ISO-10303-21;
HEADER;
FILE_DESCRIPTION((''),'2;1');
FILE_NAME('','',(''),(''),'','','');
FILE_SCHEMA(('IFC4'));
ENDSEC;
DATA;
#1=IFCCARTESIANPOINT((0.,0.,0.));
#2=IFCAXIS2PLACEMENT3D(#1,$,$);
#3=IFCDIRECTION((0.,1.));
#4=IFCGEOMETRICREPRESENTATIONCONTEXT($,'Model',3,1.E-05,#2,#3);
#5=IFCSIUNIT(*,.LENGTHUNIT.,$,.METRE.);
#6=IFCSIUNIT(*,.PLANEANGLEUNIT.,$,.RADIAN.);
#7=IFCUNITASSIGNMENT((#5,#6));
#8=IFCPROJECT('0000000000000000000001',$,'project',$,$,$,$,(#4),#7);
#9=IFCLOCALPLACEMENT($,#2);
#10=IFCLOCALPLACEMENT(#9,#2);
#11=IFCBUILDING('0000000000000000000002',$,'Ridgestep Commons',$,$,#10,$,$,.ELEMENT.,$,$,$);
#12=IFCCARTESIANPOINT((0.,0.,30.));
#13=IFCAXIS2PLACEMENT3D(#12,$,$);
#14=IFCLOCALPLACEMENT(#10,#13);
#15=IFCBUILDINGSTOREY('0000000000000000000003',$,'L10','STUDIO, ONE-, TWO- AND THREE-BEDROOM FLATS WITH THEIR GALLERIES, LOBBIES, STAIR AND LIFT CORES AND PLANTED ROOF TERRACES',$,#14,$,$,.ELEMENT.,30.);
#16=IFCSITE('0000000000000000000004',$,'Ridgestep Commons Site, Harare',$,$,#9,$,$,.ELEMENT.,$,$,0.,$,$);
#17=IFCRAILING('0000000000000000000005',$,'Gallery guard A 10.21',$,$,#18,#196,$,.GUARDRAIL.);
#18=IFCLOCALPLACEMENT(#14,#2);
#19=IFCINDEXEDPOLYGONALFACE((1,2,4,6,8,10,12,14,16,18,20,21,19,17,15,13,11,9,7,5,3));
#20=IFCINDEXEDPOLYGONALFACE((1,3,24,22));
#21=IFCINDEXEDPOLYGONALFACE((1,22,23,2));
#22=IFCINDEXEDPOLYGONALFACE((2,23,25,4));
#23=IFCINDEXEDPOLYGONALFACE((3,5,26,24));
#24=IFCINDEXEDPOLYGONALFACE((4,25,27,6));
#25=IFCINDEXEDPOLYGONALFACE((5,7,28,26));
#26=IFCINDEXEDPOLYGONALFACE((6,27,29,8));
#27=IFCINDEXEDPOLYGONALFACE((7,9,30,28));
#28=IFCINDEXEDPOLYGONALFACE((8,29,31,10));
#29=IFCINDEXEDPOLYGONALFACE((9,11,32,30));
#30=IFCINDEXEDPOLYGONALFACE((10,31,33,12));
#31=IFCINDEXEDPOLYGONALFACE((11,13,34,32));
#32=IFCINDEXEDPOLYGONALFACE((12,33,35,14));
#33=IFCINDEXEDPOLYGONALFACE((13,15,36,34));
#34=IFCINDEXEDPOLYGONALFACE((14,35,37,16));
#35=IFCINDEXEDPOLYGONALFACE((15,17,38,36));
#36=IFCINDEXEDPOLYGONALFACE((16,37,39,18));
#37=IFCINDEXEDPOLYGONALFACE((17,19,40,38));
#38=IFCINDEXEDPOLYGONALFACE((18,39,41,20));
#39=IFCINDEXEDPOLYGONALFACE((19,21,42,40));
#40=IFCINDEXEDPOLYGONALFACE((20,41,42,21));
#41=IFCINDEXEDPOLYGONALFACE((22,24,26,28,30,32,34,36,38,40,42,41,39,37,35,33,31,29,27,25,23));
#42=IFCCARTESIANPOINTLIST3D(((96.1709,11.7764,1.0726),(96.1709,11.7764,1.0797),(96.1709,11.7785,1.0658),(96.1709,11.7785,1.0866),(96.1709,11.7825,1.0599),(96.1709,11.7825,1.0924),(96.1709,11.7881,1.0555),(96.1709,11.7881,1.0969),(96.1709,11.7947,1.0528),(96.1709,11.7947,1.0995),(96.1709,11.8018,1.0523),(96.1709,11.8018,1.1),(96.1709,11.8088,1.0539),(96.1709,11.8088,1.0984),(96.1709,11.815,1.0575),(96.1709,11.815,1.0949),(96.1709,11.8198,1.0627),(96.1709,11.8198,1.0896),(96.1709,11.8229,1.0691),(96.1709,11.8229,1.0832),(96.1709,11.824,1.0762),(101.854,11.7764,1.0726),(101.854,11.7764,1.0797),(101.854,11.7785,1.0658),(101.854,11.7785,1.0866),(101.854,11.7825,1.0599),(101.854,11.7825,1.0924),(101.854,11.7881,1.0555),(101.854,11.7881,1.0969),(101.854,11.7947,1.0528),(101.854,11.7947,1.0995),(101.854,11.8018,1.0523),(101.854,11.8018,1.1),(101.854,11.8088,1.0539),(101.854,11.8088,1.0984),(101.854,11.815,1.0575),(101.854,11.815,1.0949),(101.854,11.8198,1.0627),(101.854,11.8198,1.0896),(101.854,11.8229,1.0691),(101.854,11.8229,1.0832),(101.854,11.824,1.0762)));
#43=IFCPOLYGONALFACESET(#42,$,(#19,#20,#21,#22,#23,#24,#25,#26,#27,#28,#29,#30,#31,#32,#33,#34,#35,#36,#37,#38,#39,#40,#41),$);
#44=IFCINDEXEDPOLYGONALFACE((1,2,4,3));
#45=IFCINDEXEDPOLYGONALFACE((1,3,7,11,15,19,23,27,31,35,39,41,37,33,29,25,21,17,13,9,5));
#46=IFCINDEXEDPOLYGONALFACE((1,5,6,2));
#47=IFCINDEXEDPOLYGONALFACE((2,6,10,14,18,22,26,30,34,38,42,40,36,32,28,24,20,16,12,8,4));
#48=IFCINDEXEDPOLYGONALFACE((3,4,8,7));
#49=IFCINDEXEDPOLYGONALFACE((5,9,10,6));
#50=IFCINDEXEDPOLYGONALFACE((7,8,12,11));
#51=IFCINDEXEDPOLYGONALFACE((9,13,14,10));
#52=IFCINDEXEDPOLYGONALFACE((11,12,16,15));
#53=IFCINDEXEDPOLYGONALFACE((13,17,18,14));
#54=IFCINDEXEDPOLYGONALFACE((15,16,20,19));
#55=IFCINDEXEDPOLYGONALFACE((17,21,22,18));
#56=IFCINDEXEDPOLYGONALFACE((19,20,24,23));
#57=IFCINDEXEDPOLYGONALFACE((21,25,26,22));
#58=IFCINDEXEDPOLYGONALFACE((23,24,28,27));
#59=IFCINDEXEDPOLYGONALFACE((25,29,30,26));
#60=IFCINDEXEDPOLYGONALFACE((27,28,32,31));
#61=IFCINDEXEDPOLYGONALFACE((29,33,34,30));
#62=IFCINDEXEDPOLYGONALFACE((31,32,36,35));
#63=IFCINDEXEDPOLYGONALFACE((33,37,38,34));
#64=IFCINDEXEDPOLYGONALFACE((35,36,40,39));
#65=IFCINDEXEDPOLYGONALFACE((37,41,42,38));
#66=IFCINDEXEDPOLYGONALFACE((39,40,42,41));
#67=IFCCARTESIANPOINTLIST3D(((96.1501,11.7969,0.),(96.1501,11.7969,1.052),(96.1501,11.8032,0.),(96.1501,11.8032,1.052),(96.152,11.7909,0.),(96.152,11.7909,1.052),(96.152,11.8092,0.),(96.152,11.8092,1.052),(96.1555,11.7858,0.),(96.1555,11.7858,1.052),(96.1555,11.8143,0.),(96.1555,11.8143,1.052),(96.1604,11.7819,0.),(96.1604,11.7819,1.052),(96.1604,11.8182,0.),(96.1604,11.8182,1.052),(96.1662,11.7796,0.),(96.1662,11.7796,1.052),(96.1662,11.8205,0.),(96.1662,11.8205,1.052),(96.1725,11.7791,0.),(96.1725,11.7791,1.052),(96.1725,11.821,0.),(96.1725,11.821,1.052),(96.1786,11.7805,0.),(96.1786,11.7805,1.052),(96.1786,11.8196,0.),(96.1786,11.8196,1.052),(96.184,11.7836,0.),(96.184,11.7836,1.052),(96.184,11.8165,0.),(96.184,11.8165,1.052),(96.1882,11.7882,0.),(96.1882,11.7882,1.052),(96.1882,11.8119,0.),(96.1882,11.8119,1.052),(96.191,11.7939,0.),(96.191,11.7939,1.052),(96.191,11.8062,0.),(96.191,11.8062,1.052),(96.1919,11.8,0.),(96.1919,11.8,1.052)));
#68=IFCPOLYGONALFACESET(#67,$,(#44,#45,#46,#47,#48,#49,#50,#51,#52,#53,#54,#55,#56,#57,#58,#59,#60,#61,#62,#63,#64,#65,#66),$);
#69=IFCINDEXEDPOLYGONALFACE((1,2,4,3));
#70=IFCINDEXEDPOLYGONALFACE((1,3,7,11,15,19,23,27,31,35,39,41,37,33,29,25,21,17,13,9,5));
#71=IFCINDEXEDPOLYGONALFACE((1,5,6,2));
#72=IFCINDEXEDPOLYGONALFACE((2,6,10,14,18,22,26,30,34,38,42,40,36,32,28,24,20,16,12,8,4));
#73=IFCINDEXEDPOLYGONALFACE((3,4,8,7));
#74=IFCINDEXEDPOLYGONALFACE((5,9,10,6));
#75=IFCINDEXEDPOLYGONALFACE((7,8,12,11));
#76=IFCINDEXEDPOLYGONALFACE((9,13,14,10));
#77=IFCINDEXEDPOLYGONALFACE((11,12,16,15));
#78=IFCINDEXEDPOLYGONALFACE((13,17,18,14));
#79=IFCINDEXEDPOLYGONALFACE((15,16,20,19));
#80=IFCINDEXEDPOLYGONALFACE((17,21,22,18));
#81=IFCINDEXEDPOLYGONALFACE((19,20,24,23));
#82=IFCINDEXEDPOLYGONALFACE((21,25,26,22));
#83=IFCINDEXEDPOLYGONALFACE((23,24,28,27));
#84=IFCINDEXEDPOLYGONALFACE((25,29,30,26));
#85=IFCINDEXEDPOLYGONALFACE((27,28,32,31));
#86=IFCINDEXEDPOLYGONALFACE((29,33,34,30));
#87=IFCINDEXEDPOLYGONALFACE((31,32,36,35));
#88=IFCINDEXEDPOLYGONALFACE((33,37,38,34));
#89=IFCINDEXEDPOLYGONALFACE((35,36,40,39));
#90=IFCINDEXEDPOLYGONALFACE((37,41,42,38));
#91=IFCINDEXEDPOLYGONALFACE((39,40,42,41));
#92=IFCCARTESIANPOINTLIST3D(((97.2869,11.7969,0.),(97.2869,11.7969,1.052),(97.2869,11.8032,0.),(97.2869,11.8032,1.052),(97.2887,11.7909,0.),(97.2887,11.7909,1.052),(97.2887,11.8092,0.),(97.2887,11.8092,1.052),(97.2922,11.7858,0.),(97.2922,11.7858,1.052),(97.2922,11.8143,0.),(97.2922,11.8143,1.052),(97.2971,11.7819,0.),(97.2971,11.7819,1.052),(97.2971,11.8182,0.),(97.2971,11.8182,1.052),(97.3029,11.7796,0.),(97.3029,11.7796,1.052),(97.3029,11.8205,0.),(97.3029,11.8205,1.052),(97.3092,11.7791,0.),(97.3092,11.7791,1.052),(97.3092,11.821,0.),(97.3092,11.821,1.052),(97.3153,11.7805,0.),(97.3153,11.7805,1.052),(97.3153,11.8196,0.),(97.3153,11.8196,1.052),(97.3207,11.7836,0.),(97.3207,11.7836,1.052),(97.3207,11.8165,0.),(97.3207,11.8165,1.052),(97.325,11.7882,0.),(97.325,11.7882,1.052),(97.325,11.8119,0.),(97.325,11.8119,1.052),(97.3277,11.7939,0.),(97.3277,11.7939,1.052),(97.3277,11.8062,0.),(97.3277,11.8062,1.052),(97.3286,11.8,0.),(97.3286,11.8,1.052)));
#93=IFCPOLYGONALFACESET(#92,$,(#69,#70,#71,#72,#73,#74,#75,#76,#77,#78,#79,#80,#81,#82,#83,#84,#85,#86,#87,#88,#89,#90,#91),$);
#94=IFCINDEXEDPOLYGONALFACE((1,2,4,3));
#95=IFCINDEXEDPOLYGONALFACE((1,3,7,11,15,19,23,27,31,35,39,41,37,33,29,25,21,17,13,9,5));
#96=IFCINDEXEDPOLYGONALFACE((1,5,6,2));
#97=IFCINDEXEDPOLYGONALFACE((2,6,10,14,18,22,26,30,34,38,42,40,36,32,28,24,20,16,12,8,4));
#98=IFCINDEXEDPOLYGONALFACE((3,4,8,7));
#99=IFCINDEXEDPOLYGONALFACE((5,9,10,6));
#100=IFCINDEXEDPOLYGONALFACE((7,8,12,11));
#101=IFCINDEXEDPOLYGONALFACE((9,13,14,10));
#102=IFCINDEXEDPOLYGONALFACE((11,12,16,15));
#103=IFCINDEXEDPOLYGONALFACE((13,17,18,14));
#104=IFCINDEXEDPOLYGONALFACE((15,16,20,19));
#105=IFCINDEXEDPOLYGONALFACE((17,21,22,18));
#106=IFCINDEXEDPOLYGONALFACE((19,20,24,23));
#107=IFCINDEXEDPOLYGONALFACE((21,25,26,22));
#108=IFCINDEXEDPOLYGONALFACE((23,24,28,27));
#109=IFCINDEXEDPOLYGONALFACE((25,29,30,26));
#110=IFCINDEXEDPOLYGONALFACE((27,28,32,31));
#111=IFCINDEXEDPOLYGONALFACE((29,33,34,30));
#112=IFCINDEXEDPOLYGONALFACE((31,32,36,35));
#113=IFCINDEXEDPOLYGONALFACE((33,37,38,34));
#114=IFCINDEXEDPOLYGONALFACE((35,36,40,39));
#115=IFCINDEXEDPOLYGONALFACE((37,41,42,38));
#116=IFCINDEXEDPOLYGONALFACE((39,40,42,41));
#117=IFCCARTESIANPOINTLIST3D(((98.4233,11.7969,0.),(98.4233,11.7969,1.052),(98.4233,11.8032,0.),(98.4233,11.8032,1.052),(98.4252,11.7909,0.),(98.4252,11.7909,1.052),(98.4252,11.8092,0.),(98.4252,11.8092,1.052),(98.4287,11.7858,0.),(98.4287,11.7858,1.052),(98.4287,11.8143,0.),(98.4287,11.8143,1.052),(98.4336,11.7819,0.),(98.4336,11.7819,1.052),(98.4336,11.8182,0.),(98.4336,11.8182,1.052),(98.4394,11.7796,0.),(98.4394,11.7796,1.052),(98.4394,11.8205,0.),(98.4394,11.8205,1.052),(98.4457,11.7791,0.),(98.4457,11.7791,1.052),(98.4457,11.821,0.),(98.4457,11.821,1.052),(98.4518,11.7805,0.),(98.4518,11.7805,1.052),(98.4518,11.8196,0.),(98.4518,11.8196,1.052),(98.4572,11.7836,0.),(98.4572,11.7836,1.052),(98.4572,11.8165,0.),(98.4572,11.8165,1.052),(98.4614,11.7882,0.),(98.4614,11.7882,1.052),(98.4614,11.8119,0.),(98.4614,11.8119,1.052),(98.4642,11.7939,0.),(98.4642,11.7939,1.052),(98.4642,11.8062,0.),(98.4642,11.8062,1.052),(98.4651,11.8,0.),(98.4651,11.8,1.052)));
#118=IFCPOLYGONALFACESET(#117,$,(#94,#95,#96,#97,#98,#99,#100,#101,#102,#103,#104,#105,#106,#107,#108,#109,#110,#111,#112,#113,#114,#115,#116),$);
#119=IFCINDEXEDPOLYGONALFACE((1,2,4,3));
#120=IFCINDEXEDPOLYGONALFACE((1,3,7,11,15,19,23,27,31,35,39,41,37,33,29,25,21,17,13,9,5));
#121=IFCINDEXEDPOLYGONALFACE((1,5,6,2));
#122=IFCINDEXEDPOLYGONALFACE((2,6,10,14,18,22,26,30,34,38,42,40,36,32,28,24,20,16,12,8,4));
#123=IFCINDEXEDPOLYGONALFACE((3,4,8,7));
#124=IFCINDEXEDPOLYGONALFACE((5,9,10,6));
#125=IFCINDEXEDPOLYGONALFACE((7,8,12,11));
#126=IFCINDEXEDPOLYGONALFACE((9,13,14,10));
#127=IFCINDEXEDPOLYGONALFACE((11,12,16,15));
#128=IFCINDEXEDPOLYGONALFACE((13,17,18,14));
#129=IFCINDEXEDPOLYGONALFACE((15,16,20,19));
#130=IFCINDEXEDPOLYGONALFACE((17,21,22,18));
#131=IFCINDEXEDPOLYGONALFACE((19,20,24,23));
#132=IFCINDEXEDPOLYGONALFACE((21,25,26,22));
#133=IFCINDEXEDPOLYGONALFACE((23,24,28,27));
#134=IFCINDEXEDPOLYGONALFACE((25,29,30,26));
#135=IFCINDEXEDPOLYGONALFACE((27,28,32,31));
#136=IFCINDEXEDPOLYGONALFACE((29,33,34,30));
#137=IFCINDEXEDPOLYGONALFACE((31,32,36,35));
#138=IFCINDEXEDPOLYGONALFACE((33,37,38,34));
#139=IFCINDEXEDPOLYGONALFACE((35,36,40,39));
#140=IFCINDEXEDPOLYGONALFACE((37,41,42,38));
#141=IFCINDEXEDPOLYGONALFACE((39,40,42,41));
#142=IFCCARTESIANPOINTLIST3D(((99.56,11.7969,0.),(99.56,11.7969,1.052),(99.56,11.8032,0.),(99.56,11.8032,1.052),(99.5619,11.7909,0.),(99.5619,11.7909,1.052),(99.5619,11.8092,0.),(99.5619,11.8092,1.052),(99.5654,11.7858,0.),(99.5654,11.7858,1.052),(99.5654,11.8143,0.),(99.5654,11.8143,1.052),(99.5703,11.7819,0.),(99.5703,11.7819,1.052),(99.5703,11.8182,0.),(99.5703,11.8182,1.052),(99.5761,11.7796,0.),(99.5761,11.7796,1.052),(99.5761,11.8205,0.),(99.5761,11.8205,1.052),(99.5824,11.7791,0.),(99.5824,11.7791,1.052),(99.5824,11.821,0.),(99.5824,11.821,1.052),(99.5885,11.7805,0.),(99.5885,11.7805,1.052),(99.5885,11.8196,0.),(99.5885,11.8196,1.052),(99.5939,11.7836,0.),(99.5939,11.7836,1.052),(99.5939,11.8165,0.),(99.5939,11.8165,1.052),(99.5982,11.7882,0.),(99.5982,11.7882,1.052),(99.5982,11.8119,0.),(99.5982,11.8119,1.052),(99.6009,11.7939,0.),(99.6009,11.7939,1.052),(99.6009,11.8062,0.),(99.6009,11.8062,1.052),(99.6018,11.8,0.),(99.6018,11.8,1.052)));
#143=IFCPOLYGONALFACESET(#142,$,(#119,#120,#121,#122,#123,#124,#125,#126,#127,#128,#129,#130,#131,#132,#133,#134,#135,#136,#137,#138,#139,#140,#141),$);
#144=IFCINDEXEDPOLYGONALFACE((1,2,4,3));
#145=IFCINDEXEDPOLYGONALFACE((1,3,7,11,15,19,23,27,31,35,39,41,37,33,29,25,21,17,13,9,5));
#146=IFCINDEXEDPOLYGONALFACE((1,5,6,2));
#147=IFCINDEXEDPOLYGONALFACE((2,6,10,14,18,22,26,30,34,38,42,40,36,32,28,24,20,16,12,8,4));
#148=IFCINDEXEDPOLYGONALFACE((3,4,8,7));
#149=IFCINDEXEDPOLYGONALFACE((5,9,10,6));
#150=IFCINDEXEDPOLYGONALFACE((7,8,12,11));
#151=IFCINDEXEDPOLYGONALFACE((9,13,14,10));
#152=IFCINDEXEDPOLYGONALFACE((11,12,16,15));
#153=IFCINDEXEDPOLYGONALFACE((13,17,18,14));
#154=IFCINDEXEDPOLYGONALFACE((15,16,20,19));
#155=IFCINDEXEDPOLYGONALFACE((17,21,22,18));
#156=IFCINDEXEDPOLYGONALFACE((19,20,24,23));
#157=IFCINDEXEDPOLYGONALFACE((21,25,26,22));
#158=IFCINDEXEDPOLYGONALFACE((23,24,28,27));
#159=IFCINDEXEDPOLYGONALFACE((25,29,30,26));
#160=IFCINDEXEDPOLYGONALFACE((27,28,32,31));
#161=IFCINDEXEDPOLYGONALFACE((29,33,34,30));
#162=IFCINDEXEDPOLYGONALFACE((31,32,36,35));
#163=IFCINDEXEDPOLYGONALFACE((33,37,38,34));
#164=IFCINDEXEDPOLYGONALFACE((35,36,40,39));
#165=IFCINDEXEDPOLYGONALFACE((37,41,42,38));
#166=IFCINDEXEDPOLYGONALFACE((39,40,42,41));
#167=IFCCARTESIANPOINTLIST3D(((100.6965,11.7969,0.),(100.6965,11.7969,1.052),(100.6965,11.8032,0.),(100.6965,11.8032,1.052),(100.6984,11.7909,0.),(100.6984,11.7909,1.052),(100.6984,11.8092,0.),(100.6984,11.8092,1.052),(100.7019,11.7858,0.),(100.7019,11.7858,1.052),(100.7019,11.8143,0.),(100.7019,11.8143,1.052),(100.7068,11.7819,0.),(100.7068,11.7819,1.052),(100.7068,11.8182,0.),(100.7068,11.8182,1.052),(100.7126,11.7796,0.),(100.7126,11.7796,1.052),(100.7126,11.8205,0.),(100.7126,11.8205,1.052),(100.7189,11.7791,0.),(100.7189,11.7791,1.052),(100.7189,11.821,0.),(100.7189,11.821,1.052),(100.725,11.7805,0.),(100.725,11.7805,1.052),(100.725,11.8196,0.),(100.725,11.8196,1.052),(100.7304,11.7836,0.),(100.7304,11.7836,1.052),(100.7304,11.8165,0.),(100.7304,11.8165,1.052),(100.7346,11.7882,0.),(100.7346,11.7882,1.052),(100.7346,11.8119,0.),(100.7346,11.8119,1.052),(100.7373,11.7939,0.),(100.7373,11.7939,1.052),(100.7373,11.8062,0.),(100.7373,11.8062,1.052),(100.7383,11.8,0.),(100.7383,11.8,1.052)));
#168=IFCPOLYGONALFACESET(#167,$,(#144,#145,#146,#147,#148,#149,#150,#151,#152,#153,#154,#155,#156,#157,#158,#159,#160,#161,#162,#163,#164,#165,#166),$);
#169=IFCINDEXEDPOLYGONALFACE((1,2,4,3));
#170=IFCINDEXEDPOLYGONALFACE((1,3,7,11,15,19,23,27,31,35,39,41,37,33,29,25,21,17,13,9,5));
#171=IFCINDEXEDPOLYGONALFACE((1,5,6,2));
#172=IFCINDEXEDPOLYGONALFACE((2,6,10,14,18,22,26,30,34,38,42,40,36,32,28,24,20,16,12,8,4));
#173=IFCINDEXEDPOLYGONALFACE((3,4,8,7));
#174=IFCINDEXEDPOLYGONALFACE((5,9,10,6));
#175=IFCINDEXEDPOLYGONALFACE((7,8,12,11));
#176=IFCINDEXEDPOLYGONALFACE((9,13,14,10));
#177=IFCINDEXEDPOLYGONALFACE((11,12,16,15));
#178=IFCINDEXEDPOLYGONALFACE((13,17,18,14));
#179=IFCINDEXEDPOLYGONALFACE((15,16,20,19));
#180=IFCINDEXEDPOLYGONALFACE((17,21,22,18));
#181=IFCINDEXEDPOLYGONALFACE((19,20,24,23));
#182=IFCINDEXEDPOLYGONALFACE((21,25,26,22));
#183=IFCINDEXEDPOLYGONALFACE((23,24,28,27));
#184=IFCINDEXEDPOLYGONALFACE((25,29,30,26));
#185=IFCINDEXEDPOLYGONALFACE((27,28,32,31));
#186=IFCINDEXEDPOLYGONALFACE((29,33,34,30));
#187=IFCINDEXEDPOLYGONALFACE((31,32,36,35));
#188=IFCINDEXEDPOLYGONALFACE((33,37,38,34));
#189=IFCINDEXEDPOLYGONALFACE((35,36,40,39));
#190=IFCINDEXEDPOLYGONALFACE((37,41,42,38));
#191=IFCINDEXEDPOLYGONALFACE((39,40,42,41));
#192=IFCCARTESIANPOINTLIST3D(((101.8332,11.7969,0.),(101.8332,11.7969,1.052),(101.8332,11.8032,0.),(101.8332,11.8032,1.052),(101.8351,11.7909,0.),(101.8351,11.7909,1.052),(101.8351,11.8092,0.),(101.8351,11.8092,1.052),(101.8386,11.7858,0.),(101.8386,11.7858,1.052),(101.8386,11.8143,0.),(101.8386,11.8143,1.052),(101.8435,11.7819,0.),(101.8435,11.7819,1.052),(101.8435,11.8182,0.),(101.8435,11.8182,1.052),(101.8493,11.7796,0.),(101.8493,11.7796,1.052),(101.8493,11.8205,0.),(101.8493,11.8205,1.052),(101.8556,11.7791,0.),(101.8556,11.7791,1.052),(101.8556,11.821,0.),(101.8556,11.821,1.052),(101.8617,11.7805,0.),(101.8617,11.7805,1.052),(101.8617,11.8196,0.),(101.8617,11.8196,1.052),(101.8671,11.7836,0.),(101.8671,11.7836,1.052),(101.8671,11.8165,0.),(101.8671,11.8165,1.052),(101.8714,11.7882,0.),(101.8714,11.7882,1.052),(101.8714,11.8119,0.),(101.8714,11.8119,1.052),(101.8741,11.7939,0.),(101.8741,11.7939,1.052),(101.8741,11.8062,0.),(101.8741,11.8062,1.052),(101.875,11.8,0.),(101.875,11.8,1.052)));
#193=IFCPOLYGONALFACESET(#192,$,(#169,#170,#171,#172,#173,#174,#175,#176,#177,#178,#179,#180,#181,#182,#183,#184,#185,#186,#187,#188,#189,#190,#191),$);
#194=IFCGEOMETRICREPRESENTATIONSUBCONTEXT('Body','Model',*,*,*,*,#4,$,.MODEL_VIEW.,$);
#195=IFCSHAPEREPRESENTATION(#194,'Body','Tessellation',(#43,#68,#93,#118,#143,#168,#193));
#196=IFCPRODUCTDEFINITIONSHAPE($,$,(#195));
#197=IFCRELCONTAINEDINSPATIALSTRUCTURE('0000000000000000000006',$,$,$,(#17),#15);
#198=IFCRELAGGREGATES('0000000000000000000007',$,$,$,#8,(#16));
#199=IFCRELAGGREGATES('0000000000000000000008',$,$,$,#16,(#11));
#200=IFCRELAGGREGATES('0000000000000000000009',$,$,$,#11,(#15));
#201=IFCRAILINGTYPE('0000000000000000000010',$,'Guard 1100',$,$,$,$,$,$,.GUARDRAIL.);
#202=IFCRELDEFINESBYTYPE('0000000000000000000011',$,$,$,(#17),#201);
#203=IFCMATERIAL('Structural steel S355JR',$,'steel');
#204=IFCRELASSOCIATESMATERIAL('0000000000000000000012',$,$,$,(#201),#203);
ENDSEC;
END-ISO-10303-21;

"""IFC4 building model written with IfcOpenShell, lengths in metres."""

from ifc_helpers import new_model, si_unit, direction, frame, origin, origin_2d, place, context, subcontext, project, spatial, circle, extrude, material, type_object, element, save


model = new_model("IFC4")

# Units and contexts
model_context = context("Model", 3, precision=1e-05, world=origin(), true_north=direction((0.0, 1.0)))
body_context = subcontext(model_context, "Body", "Model", "MODEL_VIEW")
ifc_project = project(units=[si_unit("LENGTHUNIT", "METRE"), si_unit("PLANEANGLEUNIT", "RADIAN")], contexts=[model_context])

# Site, building, storey
site_placement = place(None, origin())
site = spatial("IfcSite", under=ifc_project, at=site_placement, Name="Ridgestep Commons Site, Harare", CompositionType="ELEMENT", RefElevation=0.0)
building_placement = place(site_placement, origin())
building = spatial("IfcBuilding", under=site, at=building_placement, Name="Ridgestep Commons", CompositionType="ELEMENT")
storey_placement = place(building_placement, frame((0.0, 0.0, 30.0)))
storey = spatial("IfcBuildingStorey", under=building, at=storey_placement, Name="L10", Description="STUDIO, ONE-, TWO- AND THREE-BEDROOM FLATS WITH THEIR GALLERIES, LOBBIES, STAIR AND LIFT CORES AND PLANTED ROOF TERRACES", CompositionType="ELEMENT", Elevation=30.0)

# Railing
ifc_material_1 = material(Name="Structural steel S355JR", Category="steel")
railing_type_1 = type_object("IfcRailingType", Name="Guard 1100", PredefinedType="GUARDRAIL", material=ifc_material_1)
for number, where, name in (
    (1, (96.1709, 11.8, 0.0), "Gallery guard A 10.21"),
):
    element("IfcRailing", number, at=place(storey_placement, frame(where)), inside=storey, type_object=railing_type_1, Name=name, PredefinedType="GUARDRAIL", context=body_context, shape_type="SweptSolid", body=[
        extrude(circle(Radius=0.0239, at=origin_2d()), frame((0.0, 0.0, 1.0762), z_axis=(1.0, 0.0, 0.0), x_axis=(0.0, 1.0, 0.0)), (0.0, 0.0, 1.0), 5.6831),
        extrude(circle(Radius=0.021, at=origin_2d()), origin(), (0.0, 0.0, 1.0), 1.052),
        extrude(circle(Radius=0.021, at=origin_2d()), frame((1.1367, 0.0, 0.0)), (0.0, 0.0, 1.0), 1.052),
        extrude(circle(Radius=0.021, at=origin_2d()), frame((2.2732, 0.0, 0.0)), (0.0, 0.0, 1.0), 1.052),
        extrude(circle(Radius=0.021, at=origin_2d()), frame((3.4099, 0.0, 0.0)), (0.0, 0.0, 1.0), 1.052),
        extrude(circle(Radius=0.021, at=origin_2d()), frame((4.5464, 0.0, 0.0)), (0.0, 0.0, 1.0), 1.052),
        extrude(circle(Radius=0.021, at=origin_2d()), frame((5.6831, 0.0, 0.0)), (0.0, 0.0, 1.0), 1.052),
    ])

save(model, "model.ifc")
